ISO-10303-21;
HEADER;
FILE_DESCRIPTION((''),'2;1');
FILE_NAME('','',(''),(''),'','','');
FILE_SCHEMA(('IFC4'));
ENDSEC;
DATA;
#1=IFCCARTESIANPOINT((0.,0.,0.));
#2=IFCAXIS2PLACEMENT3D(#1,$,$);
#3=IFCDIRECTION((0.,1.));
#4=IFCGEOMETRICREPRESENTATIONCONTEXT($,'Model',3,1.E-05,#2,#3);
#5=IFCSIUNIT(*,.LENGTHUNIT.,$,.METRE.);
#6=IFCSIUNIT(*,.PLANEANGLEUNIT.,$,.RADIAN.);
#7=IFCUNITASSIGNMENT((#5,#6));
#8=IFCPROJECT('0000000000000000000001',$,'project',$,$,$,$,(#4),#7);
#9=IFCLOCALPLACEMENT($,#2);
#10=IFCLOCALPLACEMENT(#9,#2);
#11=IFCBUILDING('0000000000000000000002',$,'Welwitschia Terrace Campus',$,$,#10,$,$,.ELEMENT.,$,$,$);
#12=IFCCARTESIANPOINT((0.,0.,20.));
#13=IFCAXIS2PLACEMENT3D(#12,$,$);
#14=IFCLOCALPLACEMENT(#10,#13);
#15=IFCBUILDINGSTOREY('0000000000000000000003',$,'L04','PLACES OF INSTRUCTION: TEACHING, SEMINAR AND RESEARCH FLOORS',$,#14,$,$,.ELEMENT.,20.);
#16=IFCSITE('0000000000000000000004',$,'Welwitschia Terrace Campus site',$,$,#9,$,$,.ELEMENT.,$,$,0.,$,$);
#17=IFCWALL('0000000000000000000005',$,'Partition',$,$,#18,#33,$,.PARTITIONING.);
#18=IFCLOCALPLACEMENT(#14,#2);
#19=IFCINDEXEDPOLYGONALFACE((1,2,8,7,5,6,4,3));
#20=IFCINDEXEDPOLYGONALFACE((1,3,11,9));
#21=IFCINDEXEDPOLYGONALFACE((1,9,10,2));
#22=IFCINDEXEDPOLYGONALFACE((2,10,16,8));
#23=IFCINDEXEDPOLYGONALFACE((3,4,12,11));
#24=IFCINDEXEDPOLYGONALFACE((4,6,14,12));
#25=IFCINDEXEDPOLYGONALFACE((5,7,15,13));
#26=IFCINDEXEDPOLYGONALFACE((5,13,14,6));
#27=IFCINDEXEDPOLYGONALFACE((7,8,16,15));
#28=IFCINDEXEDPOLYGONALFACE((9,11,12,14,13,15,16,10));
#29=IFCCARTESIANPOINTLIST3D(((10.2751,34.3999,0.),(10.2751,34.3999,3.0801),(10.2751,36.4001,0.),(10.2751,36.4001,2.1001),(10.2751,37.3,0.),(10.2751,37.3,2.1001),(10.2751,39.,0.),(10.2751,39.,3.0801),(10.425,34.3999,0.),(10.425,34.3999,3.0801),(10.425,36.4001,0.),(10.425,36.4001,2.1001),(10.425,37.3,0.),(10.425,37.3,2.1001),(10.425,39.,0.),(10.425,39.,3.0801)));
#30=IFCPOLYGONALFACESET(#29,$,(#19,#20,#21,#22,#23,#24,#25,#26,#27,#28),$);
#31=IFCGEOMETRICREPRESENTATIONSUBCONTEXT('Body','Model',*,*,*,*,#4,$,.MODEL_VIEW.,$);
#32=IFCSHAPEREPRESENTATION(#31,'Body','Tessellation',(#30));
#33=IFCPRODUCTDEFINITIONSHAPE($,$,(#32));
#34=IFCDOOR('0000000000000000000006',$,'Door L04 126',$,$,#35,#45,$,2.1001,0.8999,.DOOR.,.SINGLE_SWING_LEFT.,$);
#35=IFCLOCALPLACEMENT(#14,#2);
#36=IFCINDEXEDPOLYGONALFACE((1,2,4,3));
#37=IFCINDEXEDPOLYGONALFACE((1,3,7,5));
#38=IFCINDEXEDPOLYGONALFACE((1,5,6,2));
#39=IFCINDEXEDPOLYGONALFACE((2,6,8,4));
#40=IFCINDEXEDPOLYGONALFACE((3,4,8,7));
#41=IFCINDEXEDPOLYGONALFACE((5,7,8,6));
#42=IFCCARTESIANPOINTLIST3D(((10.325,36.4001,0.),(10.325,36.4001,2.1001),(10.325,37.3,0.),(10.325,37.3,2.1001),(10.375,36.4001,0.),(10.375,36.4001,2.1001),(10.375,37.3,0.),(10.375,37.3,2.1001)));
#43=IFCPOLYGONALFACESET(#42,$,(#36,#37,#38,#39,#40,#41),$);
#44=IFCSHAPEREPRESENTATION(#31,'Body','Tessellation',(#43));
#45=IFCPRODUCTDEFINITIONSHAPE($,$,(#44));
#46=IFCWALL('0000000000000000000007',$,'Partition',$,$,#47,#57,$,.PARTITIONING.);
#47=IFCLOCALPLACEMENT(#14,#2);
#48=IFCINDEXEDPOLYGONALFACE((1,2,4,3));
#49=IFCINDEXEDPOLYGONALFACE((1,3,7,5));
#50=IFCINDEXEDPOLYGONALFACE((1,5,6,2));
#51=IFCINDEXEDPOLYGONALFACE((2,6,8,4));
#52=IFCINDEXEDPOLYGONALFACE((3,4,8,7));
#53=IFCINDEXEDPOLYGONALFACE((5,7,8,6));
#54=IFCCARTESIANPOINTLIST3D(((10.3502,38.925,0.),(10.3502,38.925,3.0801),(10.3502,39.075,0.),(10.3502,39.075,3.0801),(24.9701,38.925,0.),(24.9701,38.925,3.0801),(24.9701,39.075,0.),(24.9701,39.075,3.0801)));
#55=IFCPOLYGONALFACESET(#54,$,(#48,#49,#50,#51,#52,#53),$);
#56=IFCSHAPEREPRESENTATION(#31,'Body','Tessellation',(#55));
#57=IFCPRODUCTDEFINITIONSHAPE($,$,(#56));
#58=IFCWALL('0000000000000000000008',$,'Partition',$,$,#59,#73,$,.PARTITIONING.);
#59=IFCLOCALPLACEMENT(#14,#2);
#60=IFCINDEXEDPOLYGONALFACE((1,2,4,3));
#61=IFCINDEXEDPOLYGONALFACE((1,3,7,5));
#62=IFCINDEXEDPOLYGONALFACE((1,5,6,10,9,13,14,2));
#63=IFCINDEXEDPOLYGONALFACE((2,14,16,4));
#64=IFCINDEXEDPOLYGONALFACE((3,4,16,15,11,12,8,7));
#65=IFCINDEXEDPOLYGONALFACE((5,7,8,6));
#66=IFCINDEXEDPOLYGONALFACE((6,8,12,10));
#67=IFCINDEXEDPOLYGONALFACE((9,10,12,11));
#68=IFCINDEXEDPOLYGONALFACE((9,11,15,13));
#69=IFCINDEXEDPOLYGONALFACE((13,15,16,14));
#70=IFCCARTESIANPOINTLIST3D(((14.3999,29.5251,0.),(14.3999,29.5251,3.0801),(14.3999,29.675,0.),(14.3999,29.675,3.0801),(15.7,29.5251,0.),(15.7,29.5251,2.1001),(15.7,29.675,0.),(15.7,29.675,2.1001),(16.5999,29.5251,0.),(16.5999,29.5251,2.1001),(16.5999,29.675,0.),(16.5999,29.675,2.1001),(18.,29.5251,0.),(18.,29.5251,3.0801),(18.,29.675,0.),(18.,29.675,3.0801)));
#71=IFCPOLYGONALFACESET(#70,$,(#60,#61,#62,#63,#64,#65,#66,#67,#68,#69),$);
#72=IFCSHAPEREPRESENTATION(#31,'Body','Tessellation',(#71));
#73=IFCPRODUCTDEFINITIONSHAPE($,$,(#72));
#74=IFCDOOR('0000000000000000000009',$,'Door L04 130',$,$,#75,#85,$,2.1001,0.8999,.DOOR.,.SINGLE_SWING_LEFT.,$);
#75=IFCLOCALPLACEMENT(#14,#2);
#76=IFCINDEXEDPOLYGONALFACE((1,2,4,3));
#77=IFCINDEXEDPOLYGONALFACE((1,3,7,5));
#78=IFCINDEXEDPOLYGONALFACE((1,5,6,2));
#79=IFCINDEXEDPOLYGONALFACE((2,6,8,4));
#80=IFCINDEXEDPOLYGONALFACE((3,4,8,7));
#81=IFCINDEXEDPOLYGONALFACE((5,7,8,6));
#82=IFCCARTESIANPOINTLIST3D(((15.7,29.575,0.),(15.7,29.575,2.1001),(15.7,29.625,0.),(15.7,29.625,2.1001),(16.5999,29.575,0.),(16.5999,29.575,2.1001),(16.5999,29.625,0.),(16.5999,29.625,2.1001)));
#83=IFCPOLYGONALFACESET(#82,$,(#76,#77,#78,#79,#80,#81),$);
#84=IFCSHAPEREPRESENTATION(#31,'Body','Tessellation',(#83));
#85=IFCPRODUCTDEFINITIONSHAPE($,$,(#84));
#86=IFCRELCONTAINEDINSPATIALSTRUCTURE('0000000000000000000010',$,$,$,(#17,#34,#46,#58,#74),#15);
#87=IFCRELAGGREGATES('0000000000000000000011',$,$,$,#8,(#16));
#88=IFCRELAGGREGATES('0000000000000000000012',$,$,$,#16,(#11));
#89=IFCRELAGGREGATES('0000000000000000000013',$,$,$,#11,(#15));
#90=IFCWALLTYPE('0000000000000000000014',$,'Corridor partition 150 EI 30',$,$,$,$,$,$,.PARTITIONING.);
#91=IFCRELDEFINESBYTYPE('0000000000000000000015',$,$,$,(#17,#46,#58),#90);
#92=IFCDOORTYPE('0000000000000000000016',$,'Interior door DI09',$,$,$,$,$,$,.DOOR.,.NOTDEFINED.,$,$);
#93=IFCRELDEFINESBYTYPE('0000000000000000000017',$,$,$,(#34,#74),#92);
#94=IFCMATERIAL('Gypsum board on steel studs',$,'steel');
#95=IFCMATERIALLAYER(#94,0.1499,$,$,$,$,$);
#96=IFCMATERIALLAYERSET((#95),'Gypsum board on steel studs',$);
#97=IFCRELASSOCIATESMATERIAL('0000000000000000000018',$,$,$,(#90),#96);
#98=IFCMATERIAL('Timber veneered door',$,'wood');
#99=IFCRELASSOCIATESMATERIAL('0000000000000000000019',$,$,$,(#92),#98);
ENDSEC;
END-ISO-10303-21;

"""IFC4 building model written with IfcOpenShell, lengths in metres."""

from ifc_helpers import new_model, si_unit, direction, frame, frame_2d, origin, place, context, subcontext, project, spatial, rectangle, extrude, material, layer, layer_set, type_object, element, fill, save


model = new_model("IFC4")

# Units and contexts
model_context = context("Model", 3, precision=1e-05, world=origin(), true_north=direction((0.0, 1.0)))
body_context = subcontext(model_context, "Body", "Model", "MODEL_VIEW")
ifc_project = project(units=[si_unit("LENGTHUNIT", "METRE"), si_unit("PLANEANGLEUNIT", "RADIAN")], contexts=[model_context])

# Site, building, storey
site_placement = place(None, origin())
site = spatial("IfcSite", under=ifc_project, at=site_placement, Name="Welwitschia Terrace Campus site", CompositionType="ELEMENT", RefElevation=0.0)
building_placement = place(site_placement, origin())
building = spatial("IfcBuilding", under=site, at=building_placement, Name="Welwitschia Terrace Campus", CompositionType="ELEMENT")
storey_placement = place(building_placement, frame((0.0, 0.0, 20.0)))
storey = spatial("IfcBuildingStorey", under=building, at=storey_placement, Name="L04", Description="PLACES OF INSTRUCTION: TEACHING, SEMINAR AND RESEARCH FLOORS", CompositionType="ELEMENT", Elevation=20.0)

# Shared definitions
ifc_material_1 = material(Name="Gypsum board on steel studs", Category="steel")
ifc_layer_1 = layer(ifc_material_1, 0.1499)
ifc_layer_set_1 = layer_set([ifc_layer_1], Name="Gypsum board on steel studs")
wall_type = type_object("IfcWallType", Name="Corridor partition 150 EI 30", PredefinedType="PARTITIONING", material=ifc_layer_set_1)

# Wall, opening, door
wall_1_placement = place(storey_placement, frame((10.3501, 39.0, 0.0), z_axis=(0.0, 0.0, 1.0), x_axis=(0.0, -1.0, 0.0)))
wall_1 = element("IfcWall", 1, at=wall_1_placement, inside=storey, type_object=wall_type, Name="Partition", PredefinedType="PARTITIONING", context=body_context, shape_type="SweptSolid", body=[
    extrude(rectangle(XDim=4.6001, YDim=0.1499, at=frame_2d((2.3, 0.0))), origin(), (0.0, 0.0, 1.0), 3.0801),
])
opening_1_placement = place(wall_1_placement, frame((1.7, 0.0, 0.0)))
opening_1 = element("IfcOpeningElement", 2, at=opening_1_placement, cuts=wall_1, PredefinedType="OPENING", context=body_context, shape_type="SweptSolid", body=[
    extrude(rectangle(XDim=0.8999, YDim=2.1001, at=frame_2d((0.45, 1.05))), frame((0.0, 0.085, 0.0), z_axis=(0.0, -1.0, 0.0), x_axis=(1.0, 0.0, 0.0)), (0.0, 0.0, 1.0), 0.1699),
])
ifc_material_2 = material(Name="Timber veneered door", Category="wood")
door_type_1 = type_object("IfcDoorType", Name="Interior door DI09", OperationType="NOTDEFINED", PredefinedType="DOOR", material=ifc_material_2)
door_1_placement = place(opening_1_placement, origin())
door_1 = element("IfcDoor", 3, at=door_1_placement, inside=storey, type_object=door_type_1, Name="Door L04 126", OperationType="SINGLE_SWING_LEFT", OverallHeight=2.1001, OverallWidth=0.8999, PredefinedType="DOOR", context=body_context, shape_type="SweptSolid", body=[
    extrude(rectangle(XDim=0.8999, YDim=2.1001, at=frame_2d((0.45, 1.05))), frame((0.0, 0.0249, 0.0), z_axis=(0.0, -1.0, 0.0), x_axis=(1.0, 0.0, 0.0)), (0.0, 0.0, 1.0), 0.05),
])
fill(opening_1, door_1)

# Wall
wall_2_placement = place(storey_placement, frame((10.3501, 39.0, 0.0), z_axis=(0.0, 0.0, 1.0), x_axis=(1.0, 0.0, 0.0)))
element("IfcWall", 4, at=wall_2_placement, inside=storey, type_object=wall_type, Name="Partition", PredefinedType="PARTITIONING", context=body_context, shape_type="SweptSolid", body=[
    extrude(rectangle(XDim=14.6199, YDim=0.1499, at=frame_2d((7.3101, 0.0))), origin(), (0.0, 0.0, 1.0), 3.0801),
])

# Wall, opening, door
wall_3_placement = place(storey_placement, frame((14.3999, 29.6001, 0.0), z_axis=(0.0, 0.0, 1.0), x_axis=(1.0, 0.0, 0.0)))
wall_3 = element("IfcWall", 5, at=wall_3_placement, inside=storey, type_object=wall_type, Name="Partition", PredefinedType="PARTITIONING", context=body_context, shape_type="SweptSolid", body=[
    extrude(rectangle(XDim=3.6001, YDim=0.1499, at=frame_2d((1.8, 0.0))), origin(), (0.0, 0.0, 1.0), 3.0801),
])
opening_2_placement = place(wall_3_placement, frame((1.3, 0.0, 0.0)))
opening_2 = element("IfcOpeningElement", 6, at=opening_2_placement, cuts=wall_3, PredefinedType="OPENING", context=body_context, shape_type="SweptSolid", body=[
    extrude(rectangle(XDim=0.8999, YDim=2.1001, at=frame_2d((0.45, 1.05))), frame((0.0, 0.085, 0.0), z_axis=(0.0, -1.0, 0.0), x_axis=(1.0, 0.0, 0.0)), (0.0, 0.0, 1.0), 0.1699),
])
door_2_placement = place(opening_2_placement, origin())
door_2 = element("IfcDoor", 7, at=door_2_placement, inside=storey, type_object=door_type_1, Name="Door L04 130", OperationType="SINGLE_SWING_LEFT", OverallHeight=2.1001, OverallWidth=0.8999, PredefinedType="DOOR", context=body_context, shape_type="SweptSolid", body=[
    extrude(rectangle(XDim=0.8999, YDim=2.1001, at=frame_2d((0.45, 1.05))), frame((0.0, 0.0249, 0.0), z_axis=(0.0, -1.0, 0.0), x_axis=(1.0, 0.0, 0.0)), (0.0, 0.0, 1.0), 0.05),
])
fill(opening_2, door_2)

save(model, "model.ifc")
